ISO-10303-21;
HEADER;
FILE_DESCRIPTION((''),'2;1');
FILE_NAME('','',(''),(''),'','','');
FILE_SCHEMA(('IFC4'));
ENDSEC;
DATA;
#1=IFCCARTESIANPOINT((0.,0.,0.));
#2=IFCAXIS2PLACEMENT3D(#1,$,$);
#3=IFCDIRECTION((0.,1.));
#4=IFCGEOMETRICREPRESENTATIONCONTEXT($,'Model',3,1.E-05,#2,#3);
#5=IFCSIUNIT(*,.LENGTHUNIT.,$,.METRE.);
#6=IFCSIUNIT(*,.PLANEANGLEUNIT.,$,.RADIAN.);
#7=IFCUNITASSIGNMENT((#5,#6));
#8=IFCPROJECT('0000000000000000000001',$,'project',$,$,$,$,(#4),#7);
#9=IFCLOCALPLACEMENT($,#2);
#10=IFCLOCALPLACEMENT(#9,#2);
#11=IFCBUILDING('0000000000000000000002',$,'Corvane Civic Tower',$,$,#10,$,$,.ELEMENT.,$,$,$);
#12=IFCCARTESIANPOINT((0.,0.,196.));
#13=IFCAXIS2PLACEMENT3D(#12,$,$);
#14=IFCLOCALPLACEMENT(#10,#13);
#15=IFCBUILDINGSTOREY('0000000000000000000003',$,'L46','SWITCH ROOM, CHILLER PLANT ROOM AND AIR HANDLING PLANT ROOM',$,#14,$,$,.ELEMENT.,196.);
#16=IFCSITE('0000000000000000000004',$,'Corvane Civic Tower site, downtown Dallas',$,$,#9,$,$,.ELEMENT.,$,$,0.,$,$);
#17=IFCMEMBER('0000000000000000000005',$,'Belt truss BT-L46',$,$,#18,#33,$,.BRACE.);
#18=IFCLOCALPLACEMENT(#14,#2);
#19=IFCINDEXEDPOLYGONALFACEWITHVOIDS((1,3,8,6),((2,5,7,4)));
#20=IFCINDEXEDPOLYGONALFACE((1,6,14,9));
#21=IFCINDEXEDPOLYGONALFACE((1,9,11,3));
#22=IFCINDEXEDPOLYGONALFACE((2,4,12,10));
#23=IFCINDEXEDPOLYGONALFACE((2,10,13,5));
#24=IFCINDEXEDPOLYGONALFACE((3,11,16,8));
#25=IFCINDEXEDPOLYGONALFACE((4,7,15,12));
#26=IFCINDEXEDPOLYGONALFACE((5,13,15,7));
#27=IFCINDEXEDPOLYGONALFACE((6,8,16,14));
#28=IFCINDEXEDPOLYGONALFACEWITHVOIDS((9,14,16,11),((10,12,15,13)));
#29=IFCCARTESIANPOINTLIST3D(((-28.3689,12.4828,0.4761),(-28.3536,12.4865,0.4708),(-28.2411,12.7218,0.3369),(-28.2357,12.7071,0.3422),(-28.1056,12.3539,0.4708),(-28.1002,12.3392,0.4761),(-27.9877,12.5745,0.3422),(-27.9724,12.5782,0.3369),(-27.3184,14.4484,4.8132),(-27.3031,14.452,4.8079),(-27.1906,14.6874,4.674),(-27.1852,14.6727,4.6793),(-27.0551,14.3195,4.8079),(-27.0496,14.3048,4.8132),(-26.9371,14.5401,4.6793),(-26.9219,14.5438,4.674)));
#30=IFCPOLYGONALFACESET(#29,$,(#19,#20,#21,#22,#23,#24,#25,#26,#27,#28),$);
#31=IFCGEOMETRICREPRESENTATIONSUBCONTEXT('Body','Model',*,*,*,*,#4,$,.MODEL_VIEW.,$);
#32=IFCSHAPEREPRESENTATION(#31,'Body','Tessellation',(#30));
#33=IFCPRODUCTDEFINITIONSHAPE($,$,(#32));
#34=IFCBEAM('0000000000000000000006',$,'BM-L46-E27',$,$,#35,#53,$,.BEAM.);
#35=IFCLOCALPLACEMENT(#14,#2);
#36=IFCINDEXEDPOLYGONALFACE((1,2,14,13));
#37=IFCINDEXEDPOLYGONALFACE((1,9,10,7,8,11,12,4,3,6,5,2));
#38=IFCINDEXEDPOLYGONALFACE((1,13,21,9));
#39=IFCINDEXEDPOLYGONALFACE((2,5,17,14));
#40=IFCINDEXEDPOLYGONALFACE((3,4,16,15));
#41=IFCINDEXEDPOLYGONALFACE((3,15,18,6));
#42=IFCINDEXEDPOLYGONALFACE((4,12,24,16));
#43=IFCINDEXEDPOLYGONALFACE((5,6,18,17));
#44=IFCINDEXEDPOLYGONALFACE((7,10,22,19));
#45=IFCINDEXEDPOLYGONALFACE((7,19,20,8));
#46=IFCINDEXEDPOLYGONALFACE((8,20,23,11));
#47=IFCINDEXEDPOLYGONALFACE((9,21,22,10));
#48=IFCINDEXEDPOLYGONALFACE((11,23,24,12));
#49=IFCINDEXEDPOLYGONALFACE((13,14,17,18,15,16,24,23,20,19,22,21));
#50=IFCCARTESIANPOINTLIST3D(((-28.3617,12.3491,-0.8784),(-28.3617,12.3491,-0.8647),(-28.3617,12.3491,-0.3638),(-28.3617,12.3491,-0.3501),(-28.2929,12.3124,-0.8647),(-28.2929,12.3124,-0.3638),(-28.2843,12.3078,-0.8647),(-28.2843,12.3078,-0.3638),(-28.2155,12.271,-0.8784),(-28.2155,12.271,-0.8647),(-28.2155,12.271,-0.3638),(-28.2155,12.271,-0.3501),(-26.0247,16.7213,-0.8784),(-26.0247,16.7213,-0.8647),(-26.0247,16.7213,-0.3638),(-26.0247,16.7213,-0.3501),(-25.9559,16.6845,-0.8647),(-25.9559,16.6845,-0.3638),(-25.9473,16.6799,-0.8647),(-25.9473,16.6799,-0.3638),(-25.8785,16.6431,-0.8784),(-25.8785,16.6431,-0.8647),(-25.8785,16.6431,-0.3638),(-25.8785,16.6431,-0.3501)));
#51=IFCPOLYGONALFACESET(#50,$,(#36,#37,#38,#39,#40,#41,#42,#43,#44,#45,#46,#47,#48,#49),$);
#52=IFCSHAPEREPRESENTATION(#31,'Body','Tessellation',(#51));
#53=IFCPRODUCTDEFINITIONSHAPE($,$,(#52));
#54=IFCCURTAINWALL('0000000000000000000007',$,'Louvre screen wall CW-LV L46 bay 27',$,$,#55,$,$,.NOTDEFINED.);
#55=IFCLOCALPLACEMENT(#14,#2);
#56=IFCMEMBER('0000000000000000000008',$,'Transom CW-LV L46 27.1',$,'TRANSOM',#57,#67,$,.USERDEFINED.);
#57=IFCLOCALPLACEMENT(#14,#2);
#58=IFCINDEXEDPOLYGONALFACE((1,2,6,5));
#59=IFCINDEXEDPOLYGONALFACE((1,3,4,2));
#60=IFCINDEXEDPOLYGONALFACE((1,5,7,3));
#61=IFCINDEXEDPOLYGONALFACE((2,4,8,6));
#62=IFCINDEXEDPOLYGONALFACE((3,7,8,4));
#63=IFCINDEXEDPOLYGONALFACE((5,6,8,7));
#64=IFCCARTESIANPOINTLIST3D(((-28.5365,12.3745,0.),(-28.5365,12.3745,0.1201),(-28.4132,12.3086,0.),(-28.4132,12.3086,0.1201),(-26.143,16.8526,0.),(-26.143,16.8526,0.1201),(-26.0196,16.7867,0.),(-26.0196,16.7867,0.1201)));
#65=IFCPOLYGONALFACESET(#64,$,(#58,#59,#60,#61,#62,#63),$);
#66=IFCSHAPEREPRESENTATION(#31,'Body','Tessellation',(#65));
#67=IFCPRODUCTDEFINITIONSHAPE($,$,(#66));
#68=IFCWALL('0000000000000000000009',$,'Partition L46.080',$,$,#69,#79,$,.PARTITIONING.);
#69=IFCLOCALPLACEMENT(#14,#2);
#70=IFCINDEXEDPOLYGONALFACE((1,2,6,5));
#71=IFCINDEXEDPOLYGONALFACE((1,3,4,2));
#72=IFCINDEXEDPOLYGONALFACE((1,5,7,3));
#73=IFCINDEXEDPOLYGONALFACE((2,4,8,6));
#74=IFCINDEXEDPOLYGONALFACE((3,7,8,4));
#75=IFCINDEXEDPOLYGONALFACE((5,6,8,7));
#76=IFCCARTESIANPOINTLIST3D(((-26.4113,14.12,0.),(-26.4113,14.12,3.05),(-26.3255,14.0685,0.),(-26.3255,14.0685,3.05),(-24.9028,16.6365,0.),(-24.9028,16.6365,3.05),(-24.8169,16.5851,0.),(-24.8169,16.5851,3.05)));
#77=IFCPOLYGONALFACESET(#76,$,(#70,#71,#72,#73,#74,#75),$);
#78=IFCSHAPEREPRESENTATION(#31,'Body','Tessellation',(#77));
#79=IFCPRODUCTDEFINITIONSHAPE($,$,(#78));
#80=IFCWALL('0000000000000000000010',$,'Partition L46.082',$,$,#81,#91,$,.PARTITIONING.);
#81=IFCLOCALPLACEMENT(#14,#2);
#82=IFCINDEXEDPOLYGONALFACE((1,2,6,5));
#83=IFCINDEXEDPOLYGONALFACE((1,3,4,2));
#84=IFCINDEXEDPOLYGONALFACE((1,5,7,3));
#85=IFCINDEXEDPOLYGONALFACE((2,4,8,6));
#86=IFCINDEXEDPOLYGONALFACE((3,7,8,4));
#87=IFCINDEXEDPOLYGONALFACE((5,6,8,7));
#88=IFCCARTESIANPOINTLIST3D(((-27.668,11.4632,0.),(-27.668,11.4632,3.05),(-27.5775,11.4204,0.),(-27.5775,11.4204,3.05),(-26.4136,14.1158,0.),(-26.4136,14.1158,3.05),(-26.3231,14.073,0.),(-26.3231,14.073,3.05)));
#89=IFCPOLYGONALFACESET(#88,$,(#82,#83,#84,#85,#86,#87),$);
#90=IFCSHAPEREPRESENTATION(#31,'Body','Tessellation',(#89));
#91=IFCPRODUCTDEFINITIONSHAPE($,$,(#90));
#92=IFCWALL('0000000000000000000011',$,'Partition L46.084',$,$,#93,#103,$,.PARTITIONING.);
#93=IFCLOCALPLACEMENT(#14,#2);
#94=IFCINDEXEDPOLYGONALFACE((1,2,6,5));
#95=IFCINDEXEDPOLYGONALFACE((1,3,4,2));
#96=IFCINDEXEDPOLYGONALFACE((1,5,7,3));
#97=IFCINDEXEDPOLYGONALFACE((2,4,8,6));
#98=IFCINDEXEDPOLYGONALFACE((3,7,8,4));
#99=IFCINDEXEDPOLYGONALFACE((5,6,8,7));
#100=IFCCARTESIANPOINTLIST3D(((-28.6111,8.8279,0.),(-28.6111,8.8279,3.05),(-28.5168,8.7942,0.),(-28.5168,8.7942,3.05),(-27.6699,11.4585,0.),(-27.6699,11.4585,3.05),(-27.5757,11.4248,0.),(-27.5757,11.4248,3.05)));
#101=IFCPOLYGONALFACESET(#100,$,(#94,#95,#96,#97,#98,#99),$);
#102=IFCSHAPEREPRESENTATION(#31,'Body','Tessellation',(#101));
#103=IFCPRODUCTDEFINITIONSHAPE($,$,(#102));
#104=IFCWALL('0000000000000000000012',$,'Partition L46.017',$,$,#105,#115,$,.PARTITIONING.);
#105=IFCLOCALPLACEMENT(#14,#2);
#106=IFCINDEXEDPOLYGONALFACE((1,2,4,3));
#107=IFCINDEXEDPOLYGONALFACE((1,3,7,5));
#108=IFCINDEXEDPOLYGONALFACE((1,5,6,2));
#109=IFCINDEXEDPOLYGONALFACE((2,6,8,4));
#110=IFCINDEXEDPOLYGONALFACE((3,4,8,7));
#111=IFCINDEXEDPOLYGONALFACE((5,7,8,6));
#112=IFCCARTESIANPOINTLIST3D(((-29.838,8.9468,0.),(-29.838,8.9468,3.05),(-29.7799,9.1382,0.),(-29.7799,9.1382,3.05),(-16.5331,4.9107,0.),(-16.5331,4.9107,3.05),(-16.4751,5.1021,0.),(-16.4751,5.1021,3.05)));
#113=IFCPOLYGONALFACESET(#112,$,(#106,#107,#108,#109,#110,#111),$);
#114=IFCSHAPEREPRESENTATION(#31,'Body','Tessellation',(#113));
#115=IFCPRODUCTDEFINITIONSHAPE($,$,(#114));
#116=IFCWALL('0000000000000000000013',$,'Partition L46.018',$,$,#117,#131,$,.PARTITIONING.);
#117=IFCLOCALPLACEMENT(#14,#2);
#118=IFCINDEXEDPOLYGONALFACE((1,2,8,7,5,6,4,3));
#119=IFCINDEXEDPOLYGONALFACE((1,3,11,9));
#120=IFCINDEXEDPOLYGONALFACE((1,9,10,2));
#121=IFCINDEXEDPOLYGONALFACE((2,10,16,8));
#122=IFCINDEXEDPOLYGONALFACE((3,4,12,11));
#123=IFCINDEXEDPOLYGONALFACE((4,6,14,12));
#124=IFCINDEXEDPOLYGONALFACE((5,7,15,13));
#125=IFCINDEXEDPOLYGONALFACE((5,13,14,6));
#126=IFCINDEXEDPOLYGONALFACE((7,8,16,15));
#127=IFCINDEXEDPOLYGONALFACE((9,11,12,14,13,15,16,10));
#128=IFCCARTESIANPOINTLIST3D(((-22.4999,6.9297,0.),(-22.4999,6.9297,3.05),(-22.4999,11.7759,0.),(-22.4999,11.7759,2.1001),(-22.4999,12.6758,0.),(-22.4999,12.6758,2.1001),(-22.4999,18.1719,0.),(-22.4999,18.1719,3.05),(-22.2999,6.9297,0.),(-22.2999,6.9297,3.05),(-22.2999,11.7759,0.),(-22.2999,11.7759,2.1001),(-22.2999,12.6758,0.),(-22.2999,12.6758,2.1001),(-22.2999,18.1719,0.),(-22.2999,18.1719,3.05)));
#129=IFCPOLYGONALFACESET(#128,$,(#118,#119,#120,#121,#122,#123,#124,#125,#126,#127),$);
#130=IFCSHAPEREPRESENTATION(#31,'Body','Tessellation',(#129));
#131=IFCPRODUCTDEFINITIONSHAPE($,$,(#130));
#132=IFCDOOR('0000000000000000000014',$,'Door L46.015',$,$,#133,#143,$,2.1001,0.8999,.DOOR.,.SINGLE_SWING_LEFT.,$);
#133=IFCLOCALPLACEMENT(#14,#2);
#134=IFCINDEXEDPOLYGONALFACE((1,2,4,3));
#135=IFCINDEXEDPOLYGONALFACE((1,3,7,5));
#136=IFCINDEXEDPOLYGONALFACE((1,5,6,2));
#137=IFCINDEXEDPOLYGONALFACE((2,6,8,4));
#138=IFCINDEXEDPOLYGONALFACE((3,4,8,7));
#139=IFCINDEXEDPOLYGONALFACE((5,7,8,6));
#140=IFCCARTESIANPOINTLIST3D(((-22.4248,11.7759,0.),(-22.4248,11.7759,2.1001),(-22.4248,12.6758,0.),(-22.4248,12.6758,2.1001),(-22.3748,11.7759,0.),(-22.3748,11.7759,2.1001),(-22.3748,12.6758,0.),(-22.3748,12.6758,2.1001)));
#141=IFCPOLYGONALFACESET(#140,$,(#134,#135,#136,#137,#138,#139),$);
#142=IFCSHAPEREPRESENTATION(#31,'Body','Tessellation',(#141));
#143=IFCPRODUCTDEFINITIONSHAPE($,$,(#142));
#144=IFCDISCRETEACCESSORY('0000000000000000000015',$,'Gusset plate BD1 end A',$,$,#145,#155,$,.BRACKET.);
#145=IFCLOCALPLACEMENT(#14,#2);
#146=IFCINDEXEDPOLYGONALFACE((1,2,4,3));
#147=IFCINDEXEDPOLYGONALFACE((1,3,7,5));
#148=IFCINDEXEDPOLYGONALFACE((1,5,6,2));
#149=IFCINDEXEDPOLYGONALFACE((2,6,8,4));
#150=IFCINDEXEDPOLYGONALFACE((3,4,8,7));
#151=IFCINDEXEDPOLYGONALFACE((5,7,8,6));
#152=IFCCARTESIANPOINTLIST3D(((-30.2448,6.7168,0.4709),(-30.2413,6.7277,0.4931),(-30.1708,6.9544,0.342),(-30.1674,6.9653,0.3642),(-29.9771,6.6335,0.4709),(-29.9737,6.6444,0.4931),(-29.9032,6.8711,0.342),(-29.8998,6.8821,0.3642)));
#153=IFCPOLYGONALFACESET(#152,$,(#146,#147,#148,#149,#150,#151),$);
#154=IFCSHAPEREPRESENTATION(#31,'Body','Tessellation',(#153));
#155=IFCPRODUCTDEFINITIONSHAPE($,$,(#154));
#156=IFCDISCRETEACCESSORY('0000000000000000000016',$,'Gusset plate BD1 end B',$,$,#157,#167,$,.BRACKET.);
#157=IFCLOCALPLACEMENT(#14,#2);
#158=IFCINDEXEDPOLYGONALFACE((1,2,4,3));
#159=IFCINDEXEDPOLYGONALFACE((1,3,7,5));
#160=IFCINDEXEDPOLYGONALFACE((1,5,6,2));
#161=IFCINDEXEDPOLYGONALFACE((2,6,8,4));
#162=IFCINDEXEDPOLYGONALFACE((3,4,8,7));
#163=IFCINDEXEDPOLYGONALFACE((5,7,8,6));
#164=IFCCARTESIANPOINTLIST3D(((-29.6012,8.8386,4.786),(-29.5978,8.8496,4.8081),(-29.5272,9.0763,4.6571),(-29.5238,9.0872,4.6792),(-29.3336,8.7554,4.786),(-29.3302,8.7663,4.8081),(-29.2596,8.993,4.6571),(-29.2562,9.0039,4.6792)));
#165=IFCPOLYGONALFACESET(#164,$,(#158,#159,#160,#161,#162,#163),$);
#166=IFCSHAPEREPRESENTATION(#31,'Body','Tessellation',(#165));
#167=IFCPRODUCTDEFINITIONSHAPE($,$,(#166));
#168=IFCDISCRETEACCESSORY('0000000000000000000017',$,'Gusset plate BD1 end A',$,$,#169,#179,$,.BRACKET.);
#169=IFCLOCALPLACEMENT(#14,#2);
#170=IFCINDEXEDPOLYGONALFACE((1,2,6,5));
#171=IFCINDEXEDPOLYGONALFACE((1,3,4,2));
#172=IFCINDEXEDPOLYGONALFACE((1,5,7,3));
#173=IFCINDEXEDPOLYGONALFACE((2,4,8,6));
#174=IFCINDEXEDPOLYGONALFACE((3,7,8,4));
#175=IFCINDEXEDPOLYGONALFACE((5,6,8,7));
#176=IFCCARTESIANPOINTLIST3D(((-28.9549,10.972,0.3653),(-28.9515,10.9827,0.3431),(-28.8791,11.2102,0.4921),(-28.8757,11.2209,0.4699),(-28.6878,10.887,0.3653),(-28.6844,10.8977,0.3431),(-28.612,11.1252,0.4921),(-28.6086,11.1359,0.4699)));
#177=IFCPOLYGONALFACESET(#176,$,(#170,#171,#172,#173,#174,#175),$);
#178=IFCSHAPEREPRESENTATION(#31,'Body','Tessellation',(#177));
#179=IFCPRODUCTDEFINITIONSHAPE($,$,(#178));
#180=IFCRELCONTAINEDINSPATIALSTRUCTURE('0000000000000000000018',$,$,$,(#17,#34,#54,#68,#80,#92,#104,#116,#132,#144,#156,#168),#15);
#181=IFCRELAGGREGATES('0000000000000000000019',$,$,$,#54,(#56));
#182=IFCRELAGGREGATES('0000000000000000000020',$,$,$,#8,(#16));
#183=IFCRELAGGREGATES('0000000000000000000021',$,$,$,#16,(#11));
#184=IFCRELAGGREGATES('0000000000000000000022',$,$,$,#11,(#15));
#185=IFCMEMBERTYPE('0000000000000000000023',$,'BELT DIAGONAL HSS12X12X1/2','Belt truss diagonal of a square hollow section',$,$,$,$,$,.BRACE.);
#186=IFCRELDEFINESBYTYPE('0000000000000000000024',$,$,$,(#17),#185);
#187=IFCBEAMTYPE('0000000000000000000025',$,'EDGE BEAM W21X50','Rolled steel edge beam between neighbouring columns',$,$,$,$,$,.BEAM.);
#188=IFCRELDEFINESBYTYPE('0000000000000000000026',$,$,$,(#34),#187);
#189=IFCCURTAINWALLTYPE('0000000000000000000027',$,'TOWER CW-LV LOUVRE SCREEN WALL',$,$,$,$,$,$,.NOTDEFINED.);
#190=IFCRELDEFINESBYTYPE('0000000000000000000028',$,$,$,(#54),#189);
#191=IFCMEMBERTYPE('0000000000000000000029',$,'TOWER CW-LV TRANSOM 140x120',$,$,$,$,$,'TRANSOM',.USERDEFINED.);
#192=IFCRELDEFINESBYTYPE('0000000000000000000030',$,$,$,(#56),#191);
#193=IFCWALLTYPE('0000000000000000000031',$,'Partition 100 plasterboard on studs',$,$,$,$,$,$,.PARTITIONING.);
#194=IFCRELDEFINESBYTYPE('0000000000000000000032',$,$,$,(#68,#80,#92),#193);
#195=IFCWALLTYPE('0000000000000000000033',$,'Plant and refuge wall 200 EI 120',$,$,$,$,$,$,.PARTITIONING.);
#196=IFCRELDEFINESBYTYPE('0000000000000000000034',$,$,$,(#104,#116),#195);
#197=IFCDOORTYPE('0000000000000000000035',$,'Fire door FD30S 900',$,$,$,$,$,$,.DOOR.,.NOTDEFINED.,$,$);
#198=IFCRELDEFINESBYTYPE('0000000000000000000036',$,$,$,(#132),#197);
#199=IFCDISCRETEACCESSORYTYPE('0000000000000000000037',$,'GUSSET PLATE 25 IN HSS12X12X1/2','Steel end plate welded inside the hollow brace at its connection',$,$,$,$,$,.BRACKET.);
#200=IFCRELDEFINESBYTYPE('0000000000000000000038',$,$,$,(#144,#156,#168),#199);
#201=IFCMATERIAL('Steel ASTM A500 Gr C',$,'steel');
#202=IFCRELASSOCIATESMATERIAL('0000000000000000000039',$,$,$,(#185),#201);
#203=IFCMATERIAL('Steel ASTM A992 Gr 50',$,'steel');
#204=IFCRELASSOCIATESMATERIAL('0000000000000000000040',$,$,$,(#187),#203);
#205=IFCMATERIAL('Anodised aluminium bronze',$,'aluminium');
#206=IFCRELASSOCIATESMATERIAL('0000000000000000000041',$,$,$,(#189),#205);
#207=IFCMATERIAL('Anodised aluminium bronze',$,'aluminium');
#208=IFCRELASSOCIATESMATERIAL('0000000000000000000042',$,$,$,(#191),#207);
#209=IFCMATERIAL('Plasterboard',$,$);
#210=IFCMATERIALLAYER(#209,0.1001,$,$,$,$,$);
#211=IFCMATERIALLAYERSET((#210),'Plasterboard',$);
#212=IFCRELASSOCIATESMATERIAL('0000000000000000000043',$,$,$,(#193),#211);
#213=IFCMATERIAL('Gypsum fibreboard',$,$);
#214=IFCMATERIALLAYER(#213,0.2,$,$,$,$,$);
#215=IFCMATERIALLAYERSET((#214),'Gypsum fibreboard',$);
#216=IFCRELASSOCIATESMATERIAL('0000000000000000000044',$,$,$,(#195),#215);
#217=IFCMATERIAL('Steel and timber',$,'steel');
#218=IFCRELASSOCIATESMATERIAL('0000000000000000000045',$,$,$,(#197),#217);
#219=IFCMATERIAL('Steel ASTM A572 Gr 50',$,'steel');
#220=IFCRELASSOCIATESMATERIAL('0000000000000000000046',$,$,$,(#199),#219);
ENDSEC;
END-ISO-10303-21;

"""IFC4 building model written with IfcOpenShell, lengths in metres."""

from ifc_helpers import new_model, si_unit, direction, frame, frame_2d, origin, origin_2d, place, context, subcontext, project, spatial, rectangle, hollow_rectangle, i_section, extrude, material, layer, layer_set, material_profile, profile_set, type_object, element, fill, aggregate, save


model = new_model("IFC4")

# Units and contexts
model_context = context("Model", 3, precision=1e-05, world=origin(), true_north=direction((0.0, 1.0)))
body_context = subcontext(model_context, "Body", "Model", "MODEL_VIEW")
ifc_project = project(units=[si_unit("LENGTHUNIT", "METRE"), si_unit("PLANEANGLEUNIT", "RADIAN")], contexts=[model_context])

# Site, building, storey
site_placement = place(None, origin())
site = spatial("IfcSite", under=ifc_project, at=site_placement, Name="Corvane Civic Tower site, downtown Dallas", CompositionType="ELEMENT", RefElevation=0.0)
building_placement = place(site_placement, origin())
building = spatial("IfcBuilding", under=site, at=building_placement, Name="Corvane Civic Tower", CompositionType="ELEMENT")
storey_placement = place(building_placement, frame((0.0, 0.0, 196.0)))
storey = spatial("IfcBuildingStorey", under=building, at=storey_placement, Name="L46", Description="SWITCH ROOM, CHILLER PLANT ROOM AND AIR HANDLING PLANT ROOM", CompositionType="ELEMENT", Elevation=196.0)

# Member
ifc_material_1 = material(Name="Steel ASTM A500 Gr C", Category="steel")
ifc_material_profile_1 = material_profile(ifc_material_1, hollow_rectangle(XDim=0.3047, YDim=0.3047, WallThickness=0.0117, at=origin_2d()), Name="HSS12X12X1/2")
ifc_profile_set_1 = profile_set([ifc_material_profile_1], Name="Steel ASTM A500 Gr C")
member_type_1 = type_object("IfcMemberType", Name="BELT DIAGONAL HSS12X12X1/2", Description="Belt truss diagonal of a square hollow section", PredefinedType="BRACE", material=ifc_profile_set_1)
for number, where, z_axis, x_axis, name in (
    (1, (-28.1707, 12.5305, 0.4065), (0.215438, 0.40309, 0.889441), (-0.881937, 0.471367, 0.0), "Belt truss BT-L46"),
):
    element("IfcMember", number, at=place(storey_placement, frame(where, z_axis=z_axis, x_axis=x_axis)), inside=storey, type_object=member_type_1, Name=name, PredefinedType="BRACE", context=body_context, shape_type="SweptSolid", body=[
        extrude(hollow_rectangle(XDim=0.3047, YDim=0.3047, WallThickness=0.0117, at=origin_2d()), origin(), (0.0, 0.0, 1.0), 4.8762),
    ])

# Beam
ifc_material_2 = material(Name="Steel ASTM A992 Gr 50", Category="steel")
ifc_material_profile_2 = material_profile(ifc_material_2, i_section(OverallWidth=0.1658, OverallDepth=0.5283, WebThickness=0.0098, FlangeThickness=0.0137, at=origin_2d()), Name="W21X50")
ifc_profile_set_2 = profile_set([ifc_material_profile_2], Name="Steel ASTM A992 Gr 50")
beam_type = type_object("IfcBeamType", Name="EDGE BEAM W21X50", Description="Rolled steel edge beam between neighbouring columns", PredefinedType="BEAM", material=ifc_profile_set_2)
beam_placement = place(storey_placement, frame((-28.2886, 12.3101, -0.6143), z_axis=(0.471396, 0.881922, 0.0), x_axis=(-0.881922, 0.471396, 0.0)))
element("IfcBeam", 2, at=beam_placement, inside=storey, type_object=beam_type, Name="BM-L46-E27", PredefinedType="BEAM", context=body_context, shape_type="SweptSolid", body=[
    extrude(i_section(OverallWidth=0.1658, OverallDepth=0.5283, WebThickness=0.0098, FlangeThickness=0.0137, at=origin_2d()), origin(), (0.0, 0.0, 1.0), 4.9575),
])

# Curtain wall, member
ifc_material_3 = material(Name="Anodised aluminium bronze", Category="aluminium")
curtain_wall_type = type_object("IfcCurtainWallType", Name="TOWER CW-LV LOUVRE SCREEN WALL", PredefinedType="NOTDEFINED", material=ifc_material_3)
curtain_wall_placement = place(storey_placement, origin())
curtain_wall = element("IfcCurtainWall", 3, at=curtain_wall_placement, inside=storey, type_object=curtain_wall_type, Name="Louvre screen wall CW-LV L46 bay 27", PredefinedType="NOTDEFINED")
ifc_material_4 = material(Name="Anodised aluminium bronze", Category="aluminium")
ifc_material_profile_3 = material_profile(ifc_material_4, rectangle(XDim=0.1399, YDim=0.1201, at=origin_2d()), Name="TOWER CW-LV TRANSOM 140x120")
ifc_profile_set_3 = profile_set([ifc_material_profile_3], Name="Anodised aluminium bronze")
member_type_2 = type_object("IfcMemberType", Name="TOWER CW-LV TRANSOM 140x120", ElementType="TRANSOM", PredefinedType="USERDEFINED", material=ifc_profile_set_3)
member_placement = place(storey_placement, frame((-28.4749, 12.3416, 0.0601), z_axis=(0.471397, 0.881921, 0.0), x_axis=(-0.881921, 0.471397, 0.0)))
member = element("IfcMember", 4, at=member_placement, type_object=member_type_2, Name="Transom CW-LV L46 27.1", ObjectType="TRANSOM", PredefinedType="USERDEFINED", context=body_context, shape_type="SweptSolid", body=[
    extrude(rectangle(XDim=0.1399, YDim=0.1201, at=origin_2d()), origin(), (0.0, 0.0, 1.0), 5.0776),
])

# Walls
ifc_material_5 = material(Name="Plasterboard")
ifc_layer_1 = layer(ifc_material_5, 0.1001)
ifc_layer_set_1 = layer_set([ifc_layer_1], Name="Plasterboard")
wall_type_1 = type_object("IfcWallType", Name="Partition 100 plasterboard on studs", PredefinedType="PARTITIONING", material=ifc_layer_set_1)
wall_1_placement = place(storey_placement, frame((-26.3684, 14.0942, 0.0), z_axis=(0.0, 0.0, 1.0), x_axis=(0.514141, 0.857706, 0.0)))
element("IfcWall", 5, at=wall_1_placement, inside=storey, type_object=wall_type_1, Name="Partition L46.080", PredefinedType="PARTITIONING", context=body_context, shape_type="SweptSolid", body=[
    extrude(rectangle(XDim=2.9341, YDim=0.1001, at=frame_2d((1.467, 0.0))), origin(), (0.0, 0.0, 1.0), 3.05),
])
wall_2_placement = place(storey_placement, frame((-27.6228, 11.4417, 0.0), z_axis=(0.0, 0.0, 1.0), x_axis=(0.427503, 0.904014, 0.0)))
element("IfcWall", 6, at=wall_2_placement, inside=storey, type_object=wall_type_1, Name="Partition L46.082", PredefinedType="PARTITIONING", context=body_context, shape_type="SweptSolid", body=[
    extrude(rectangle(XDim=2.9343, YDim=0.1001, at=frame_2d((1.4673, 0.0))), origin(), (0.0, 0.0, 1.0), 3.05),
])
wall_3_placement = place(storey_placement, frame((-28.564, 8.811, 0.0), z_axis=(0.0, 0.0, 1.0), x_axis=(0.336862, 0.941554, 0.0)))
element("IfcWall", 7, at=wall_3_placement, inside=storey, type_object=wall_type_1, Name="Partition L46.084", PredefinedType="PARTITIONING", context=body_context, shape_type="SweptSolid", body=[
    extrude(rectangle(XDim=2.7939, YDim=0.1001, at=frame_2d((1.397, 0.0))), origin(), (0.0, 0.0, 1.0), 3.05),
])
ifc_material_6 = material(Name="Gypsum fibreboard")
ifc_layer_2 = layer(ifc_material_6, 0.2)
ifc_layer_set_2 = layer_set([ifc_layer_2], Name="Gypsum fibreboard")
wall_type_2 = type_object("IfcWallType", Name="Plant and refuge wall 200 EI 120", PredefinedType="PARTITIONING", material=ifc_layer_set_2)
wall_4_placement = place(storey_placement, frame((-29.8088, 9.0425, 0.0), z_axis=(0.0, 0.0, 1.0), x_axis=(0.956938, -0.290293, 0.0)))
element("IfcWall", 8, at=wall_4_placement, inside=storey, type_object=wall_type_2, Name="Partition L46.017", PredefinedType="PARTITIONING", context=body_context, shape_type="SweptSolid", body=[
    extrude(rectangle(XDim=13.9036, YDim=0.2, at=frame_2d((6.9517, 0.0))), origin(), (0.0, 0.0, 1.0), 3.05),
])

# Wall, opening, door
wall_5_placement = place(storey_placement, frame((-22.3999, 6.9297, 0.0), z_axis=(0.0, 0.0, 1.0), x_axis=(0.0, 1.0, 0.0)))
wall_5 = element("IfcWall", 9, at=wall_5_placement, inside=storey, type_object=wall_type_2, Name="Partition L46.018", PredefinedType="PARTITIONING", context=body_context, shape_type="SweptSolid", body=[
    extrude(rectangle(XDim=11.2422, YDim=0.2, at=frame_2d((5.6211, 0.0))), origin(), (0.0, 0.0, 1.0), 3.05),
])
opening_placement = place(wall_5_placement, frame((4.8462, 0.0, 0.0)))
opening = element("IfcOpeningElement", 10, at=opening_placement, cuts=wall_5, PredefinedType="OPENING", context=body_context, shape_type="SweptSolid", body=[
    extrude(rectangle(XDim=0.8999, YDim=2.1001, at=frame_2d((0.45, 1.05))), frame((0.0, 0.1099, 0.0), z_axis=(0.0, -1.0, 0.0), x_axis=(1.0, 0.0, 0.0)), (0.0, 0.0, 1.0), 0.22),
])
ifc_material_7 = material(Name="Steel and timber", Category="steel")
door_type = type_object("IfcDoorType", Name="Fire door FD30S 900", OperationType="NOTDEFINED", PredefinedType="DOOR", material=ifc_material_7)
door_placement = place(opening_placement, origin())
door = element("IfcDoor", 11, at=door_placement, inside=storey, type_object=door_type, Name="Door L46.015", OperationType="SINGLE_SWING_LEFT", OverallHeight=2.1001, OverallWidth=0.8999, PredefinedType="DOOR", context=body_context, shape_type="SweptSolid", body=[
    extrude(rectangle(XDim=0.8999, YDim=2.1001, at=frame_2d((0.45, 1.05))), frame((0.0, 0.0249, 0.0), z_axis=(0.0, -1.0, 0.0), x_axis=(1.0, 0.0, 0.0)), (0.0, 0.0, 1.0), 0.05),
])
fill(opening, door)

aggregate(curtain_wall, [member])

# Discrete accessories
ifc_material_8 = material(Name="Steel ASTM A572 Gr 50", Category="steel")
ifc_material_profile_4 = material_profile(ifc_material_8, rectangle(XDim=0.2803, YDim=0.2803, at=origin_2d()), Name="GUSSET PLATE 25 IN HSS12X12X1/2")
ifc_profile_set_4 = profile_set([ifc_material_profile_4], Name="Steel ASTM A572 Gr 50")
discrete_accessory_type = type_object("IfcDiscreteAccessoryType", Name="GUSSET PLATE 25 IN HSS12X12X1/2", Description="Steel end plate welded inside the hollow brace at its connection", PredefinedType="BRACKET", material=ifc_profile_set_4)
for number, where, z_axis, x_axis, name in (
    (12, (-30.074, 6.7939, 0.4065), (0.136613, 0.439113, 0.887985), (-0.954857, 0.297067, 0.0), "Gusset plate BD1 end A"),
    (13, (-29.427, 8.9268, 4.7437), (-0.136613, -0.439113, -0.887985), (0.954857, -0.297067, 0.0), "Gusset plate BD1 end B"),
    (14, (-28.78, 11.0593, 0.4065), (-0.137196, -0.431186, 0.891771), (0.952926, -0.303204, 0.0), "Gusset plate BD1 end A"),
):
    element("IfcDiscreteAccessory", number, at=place(storey_placement, frame(where, z_axis=z_axis, x_axis=x_axis)), inside=storey, type_object=discrete_accessory_type, Name=name, PredefinedType="BRACKET", context=body_context, shape_type="SweptSolid", body=[
        extrude(rectangle(XDim=0.2803, YDim=0.2803, at=origin_2d()), origin(), (0.0, 0.0, 1.0), 0.0249),
    ])

save(model, "model.ifc")
